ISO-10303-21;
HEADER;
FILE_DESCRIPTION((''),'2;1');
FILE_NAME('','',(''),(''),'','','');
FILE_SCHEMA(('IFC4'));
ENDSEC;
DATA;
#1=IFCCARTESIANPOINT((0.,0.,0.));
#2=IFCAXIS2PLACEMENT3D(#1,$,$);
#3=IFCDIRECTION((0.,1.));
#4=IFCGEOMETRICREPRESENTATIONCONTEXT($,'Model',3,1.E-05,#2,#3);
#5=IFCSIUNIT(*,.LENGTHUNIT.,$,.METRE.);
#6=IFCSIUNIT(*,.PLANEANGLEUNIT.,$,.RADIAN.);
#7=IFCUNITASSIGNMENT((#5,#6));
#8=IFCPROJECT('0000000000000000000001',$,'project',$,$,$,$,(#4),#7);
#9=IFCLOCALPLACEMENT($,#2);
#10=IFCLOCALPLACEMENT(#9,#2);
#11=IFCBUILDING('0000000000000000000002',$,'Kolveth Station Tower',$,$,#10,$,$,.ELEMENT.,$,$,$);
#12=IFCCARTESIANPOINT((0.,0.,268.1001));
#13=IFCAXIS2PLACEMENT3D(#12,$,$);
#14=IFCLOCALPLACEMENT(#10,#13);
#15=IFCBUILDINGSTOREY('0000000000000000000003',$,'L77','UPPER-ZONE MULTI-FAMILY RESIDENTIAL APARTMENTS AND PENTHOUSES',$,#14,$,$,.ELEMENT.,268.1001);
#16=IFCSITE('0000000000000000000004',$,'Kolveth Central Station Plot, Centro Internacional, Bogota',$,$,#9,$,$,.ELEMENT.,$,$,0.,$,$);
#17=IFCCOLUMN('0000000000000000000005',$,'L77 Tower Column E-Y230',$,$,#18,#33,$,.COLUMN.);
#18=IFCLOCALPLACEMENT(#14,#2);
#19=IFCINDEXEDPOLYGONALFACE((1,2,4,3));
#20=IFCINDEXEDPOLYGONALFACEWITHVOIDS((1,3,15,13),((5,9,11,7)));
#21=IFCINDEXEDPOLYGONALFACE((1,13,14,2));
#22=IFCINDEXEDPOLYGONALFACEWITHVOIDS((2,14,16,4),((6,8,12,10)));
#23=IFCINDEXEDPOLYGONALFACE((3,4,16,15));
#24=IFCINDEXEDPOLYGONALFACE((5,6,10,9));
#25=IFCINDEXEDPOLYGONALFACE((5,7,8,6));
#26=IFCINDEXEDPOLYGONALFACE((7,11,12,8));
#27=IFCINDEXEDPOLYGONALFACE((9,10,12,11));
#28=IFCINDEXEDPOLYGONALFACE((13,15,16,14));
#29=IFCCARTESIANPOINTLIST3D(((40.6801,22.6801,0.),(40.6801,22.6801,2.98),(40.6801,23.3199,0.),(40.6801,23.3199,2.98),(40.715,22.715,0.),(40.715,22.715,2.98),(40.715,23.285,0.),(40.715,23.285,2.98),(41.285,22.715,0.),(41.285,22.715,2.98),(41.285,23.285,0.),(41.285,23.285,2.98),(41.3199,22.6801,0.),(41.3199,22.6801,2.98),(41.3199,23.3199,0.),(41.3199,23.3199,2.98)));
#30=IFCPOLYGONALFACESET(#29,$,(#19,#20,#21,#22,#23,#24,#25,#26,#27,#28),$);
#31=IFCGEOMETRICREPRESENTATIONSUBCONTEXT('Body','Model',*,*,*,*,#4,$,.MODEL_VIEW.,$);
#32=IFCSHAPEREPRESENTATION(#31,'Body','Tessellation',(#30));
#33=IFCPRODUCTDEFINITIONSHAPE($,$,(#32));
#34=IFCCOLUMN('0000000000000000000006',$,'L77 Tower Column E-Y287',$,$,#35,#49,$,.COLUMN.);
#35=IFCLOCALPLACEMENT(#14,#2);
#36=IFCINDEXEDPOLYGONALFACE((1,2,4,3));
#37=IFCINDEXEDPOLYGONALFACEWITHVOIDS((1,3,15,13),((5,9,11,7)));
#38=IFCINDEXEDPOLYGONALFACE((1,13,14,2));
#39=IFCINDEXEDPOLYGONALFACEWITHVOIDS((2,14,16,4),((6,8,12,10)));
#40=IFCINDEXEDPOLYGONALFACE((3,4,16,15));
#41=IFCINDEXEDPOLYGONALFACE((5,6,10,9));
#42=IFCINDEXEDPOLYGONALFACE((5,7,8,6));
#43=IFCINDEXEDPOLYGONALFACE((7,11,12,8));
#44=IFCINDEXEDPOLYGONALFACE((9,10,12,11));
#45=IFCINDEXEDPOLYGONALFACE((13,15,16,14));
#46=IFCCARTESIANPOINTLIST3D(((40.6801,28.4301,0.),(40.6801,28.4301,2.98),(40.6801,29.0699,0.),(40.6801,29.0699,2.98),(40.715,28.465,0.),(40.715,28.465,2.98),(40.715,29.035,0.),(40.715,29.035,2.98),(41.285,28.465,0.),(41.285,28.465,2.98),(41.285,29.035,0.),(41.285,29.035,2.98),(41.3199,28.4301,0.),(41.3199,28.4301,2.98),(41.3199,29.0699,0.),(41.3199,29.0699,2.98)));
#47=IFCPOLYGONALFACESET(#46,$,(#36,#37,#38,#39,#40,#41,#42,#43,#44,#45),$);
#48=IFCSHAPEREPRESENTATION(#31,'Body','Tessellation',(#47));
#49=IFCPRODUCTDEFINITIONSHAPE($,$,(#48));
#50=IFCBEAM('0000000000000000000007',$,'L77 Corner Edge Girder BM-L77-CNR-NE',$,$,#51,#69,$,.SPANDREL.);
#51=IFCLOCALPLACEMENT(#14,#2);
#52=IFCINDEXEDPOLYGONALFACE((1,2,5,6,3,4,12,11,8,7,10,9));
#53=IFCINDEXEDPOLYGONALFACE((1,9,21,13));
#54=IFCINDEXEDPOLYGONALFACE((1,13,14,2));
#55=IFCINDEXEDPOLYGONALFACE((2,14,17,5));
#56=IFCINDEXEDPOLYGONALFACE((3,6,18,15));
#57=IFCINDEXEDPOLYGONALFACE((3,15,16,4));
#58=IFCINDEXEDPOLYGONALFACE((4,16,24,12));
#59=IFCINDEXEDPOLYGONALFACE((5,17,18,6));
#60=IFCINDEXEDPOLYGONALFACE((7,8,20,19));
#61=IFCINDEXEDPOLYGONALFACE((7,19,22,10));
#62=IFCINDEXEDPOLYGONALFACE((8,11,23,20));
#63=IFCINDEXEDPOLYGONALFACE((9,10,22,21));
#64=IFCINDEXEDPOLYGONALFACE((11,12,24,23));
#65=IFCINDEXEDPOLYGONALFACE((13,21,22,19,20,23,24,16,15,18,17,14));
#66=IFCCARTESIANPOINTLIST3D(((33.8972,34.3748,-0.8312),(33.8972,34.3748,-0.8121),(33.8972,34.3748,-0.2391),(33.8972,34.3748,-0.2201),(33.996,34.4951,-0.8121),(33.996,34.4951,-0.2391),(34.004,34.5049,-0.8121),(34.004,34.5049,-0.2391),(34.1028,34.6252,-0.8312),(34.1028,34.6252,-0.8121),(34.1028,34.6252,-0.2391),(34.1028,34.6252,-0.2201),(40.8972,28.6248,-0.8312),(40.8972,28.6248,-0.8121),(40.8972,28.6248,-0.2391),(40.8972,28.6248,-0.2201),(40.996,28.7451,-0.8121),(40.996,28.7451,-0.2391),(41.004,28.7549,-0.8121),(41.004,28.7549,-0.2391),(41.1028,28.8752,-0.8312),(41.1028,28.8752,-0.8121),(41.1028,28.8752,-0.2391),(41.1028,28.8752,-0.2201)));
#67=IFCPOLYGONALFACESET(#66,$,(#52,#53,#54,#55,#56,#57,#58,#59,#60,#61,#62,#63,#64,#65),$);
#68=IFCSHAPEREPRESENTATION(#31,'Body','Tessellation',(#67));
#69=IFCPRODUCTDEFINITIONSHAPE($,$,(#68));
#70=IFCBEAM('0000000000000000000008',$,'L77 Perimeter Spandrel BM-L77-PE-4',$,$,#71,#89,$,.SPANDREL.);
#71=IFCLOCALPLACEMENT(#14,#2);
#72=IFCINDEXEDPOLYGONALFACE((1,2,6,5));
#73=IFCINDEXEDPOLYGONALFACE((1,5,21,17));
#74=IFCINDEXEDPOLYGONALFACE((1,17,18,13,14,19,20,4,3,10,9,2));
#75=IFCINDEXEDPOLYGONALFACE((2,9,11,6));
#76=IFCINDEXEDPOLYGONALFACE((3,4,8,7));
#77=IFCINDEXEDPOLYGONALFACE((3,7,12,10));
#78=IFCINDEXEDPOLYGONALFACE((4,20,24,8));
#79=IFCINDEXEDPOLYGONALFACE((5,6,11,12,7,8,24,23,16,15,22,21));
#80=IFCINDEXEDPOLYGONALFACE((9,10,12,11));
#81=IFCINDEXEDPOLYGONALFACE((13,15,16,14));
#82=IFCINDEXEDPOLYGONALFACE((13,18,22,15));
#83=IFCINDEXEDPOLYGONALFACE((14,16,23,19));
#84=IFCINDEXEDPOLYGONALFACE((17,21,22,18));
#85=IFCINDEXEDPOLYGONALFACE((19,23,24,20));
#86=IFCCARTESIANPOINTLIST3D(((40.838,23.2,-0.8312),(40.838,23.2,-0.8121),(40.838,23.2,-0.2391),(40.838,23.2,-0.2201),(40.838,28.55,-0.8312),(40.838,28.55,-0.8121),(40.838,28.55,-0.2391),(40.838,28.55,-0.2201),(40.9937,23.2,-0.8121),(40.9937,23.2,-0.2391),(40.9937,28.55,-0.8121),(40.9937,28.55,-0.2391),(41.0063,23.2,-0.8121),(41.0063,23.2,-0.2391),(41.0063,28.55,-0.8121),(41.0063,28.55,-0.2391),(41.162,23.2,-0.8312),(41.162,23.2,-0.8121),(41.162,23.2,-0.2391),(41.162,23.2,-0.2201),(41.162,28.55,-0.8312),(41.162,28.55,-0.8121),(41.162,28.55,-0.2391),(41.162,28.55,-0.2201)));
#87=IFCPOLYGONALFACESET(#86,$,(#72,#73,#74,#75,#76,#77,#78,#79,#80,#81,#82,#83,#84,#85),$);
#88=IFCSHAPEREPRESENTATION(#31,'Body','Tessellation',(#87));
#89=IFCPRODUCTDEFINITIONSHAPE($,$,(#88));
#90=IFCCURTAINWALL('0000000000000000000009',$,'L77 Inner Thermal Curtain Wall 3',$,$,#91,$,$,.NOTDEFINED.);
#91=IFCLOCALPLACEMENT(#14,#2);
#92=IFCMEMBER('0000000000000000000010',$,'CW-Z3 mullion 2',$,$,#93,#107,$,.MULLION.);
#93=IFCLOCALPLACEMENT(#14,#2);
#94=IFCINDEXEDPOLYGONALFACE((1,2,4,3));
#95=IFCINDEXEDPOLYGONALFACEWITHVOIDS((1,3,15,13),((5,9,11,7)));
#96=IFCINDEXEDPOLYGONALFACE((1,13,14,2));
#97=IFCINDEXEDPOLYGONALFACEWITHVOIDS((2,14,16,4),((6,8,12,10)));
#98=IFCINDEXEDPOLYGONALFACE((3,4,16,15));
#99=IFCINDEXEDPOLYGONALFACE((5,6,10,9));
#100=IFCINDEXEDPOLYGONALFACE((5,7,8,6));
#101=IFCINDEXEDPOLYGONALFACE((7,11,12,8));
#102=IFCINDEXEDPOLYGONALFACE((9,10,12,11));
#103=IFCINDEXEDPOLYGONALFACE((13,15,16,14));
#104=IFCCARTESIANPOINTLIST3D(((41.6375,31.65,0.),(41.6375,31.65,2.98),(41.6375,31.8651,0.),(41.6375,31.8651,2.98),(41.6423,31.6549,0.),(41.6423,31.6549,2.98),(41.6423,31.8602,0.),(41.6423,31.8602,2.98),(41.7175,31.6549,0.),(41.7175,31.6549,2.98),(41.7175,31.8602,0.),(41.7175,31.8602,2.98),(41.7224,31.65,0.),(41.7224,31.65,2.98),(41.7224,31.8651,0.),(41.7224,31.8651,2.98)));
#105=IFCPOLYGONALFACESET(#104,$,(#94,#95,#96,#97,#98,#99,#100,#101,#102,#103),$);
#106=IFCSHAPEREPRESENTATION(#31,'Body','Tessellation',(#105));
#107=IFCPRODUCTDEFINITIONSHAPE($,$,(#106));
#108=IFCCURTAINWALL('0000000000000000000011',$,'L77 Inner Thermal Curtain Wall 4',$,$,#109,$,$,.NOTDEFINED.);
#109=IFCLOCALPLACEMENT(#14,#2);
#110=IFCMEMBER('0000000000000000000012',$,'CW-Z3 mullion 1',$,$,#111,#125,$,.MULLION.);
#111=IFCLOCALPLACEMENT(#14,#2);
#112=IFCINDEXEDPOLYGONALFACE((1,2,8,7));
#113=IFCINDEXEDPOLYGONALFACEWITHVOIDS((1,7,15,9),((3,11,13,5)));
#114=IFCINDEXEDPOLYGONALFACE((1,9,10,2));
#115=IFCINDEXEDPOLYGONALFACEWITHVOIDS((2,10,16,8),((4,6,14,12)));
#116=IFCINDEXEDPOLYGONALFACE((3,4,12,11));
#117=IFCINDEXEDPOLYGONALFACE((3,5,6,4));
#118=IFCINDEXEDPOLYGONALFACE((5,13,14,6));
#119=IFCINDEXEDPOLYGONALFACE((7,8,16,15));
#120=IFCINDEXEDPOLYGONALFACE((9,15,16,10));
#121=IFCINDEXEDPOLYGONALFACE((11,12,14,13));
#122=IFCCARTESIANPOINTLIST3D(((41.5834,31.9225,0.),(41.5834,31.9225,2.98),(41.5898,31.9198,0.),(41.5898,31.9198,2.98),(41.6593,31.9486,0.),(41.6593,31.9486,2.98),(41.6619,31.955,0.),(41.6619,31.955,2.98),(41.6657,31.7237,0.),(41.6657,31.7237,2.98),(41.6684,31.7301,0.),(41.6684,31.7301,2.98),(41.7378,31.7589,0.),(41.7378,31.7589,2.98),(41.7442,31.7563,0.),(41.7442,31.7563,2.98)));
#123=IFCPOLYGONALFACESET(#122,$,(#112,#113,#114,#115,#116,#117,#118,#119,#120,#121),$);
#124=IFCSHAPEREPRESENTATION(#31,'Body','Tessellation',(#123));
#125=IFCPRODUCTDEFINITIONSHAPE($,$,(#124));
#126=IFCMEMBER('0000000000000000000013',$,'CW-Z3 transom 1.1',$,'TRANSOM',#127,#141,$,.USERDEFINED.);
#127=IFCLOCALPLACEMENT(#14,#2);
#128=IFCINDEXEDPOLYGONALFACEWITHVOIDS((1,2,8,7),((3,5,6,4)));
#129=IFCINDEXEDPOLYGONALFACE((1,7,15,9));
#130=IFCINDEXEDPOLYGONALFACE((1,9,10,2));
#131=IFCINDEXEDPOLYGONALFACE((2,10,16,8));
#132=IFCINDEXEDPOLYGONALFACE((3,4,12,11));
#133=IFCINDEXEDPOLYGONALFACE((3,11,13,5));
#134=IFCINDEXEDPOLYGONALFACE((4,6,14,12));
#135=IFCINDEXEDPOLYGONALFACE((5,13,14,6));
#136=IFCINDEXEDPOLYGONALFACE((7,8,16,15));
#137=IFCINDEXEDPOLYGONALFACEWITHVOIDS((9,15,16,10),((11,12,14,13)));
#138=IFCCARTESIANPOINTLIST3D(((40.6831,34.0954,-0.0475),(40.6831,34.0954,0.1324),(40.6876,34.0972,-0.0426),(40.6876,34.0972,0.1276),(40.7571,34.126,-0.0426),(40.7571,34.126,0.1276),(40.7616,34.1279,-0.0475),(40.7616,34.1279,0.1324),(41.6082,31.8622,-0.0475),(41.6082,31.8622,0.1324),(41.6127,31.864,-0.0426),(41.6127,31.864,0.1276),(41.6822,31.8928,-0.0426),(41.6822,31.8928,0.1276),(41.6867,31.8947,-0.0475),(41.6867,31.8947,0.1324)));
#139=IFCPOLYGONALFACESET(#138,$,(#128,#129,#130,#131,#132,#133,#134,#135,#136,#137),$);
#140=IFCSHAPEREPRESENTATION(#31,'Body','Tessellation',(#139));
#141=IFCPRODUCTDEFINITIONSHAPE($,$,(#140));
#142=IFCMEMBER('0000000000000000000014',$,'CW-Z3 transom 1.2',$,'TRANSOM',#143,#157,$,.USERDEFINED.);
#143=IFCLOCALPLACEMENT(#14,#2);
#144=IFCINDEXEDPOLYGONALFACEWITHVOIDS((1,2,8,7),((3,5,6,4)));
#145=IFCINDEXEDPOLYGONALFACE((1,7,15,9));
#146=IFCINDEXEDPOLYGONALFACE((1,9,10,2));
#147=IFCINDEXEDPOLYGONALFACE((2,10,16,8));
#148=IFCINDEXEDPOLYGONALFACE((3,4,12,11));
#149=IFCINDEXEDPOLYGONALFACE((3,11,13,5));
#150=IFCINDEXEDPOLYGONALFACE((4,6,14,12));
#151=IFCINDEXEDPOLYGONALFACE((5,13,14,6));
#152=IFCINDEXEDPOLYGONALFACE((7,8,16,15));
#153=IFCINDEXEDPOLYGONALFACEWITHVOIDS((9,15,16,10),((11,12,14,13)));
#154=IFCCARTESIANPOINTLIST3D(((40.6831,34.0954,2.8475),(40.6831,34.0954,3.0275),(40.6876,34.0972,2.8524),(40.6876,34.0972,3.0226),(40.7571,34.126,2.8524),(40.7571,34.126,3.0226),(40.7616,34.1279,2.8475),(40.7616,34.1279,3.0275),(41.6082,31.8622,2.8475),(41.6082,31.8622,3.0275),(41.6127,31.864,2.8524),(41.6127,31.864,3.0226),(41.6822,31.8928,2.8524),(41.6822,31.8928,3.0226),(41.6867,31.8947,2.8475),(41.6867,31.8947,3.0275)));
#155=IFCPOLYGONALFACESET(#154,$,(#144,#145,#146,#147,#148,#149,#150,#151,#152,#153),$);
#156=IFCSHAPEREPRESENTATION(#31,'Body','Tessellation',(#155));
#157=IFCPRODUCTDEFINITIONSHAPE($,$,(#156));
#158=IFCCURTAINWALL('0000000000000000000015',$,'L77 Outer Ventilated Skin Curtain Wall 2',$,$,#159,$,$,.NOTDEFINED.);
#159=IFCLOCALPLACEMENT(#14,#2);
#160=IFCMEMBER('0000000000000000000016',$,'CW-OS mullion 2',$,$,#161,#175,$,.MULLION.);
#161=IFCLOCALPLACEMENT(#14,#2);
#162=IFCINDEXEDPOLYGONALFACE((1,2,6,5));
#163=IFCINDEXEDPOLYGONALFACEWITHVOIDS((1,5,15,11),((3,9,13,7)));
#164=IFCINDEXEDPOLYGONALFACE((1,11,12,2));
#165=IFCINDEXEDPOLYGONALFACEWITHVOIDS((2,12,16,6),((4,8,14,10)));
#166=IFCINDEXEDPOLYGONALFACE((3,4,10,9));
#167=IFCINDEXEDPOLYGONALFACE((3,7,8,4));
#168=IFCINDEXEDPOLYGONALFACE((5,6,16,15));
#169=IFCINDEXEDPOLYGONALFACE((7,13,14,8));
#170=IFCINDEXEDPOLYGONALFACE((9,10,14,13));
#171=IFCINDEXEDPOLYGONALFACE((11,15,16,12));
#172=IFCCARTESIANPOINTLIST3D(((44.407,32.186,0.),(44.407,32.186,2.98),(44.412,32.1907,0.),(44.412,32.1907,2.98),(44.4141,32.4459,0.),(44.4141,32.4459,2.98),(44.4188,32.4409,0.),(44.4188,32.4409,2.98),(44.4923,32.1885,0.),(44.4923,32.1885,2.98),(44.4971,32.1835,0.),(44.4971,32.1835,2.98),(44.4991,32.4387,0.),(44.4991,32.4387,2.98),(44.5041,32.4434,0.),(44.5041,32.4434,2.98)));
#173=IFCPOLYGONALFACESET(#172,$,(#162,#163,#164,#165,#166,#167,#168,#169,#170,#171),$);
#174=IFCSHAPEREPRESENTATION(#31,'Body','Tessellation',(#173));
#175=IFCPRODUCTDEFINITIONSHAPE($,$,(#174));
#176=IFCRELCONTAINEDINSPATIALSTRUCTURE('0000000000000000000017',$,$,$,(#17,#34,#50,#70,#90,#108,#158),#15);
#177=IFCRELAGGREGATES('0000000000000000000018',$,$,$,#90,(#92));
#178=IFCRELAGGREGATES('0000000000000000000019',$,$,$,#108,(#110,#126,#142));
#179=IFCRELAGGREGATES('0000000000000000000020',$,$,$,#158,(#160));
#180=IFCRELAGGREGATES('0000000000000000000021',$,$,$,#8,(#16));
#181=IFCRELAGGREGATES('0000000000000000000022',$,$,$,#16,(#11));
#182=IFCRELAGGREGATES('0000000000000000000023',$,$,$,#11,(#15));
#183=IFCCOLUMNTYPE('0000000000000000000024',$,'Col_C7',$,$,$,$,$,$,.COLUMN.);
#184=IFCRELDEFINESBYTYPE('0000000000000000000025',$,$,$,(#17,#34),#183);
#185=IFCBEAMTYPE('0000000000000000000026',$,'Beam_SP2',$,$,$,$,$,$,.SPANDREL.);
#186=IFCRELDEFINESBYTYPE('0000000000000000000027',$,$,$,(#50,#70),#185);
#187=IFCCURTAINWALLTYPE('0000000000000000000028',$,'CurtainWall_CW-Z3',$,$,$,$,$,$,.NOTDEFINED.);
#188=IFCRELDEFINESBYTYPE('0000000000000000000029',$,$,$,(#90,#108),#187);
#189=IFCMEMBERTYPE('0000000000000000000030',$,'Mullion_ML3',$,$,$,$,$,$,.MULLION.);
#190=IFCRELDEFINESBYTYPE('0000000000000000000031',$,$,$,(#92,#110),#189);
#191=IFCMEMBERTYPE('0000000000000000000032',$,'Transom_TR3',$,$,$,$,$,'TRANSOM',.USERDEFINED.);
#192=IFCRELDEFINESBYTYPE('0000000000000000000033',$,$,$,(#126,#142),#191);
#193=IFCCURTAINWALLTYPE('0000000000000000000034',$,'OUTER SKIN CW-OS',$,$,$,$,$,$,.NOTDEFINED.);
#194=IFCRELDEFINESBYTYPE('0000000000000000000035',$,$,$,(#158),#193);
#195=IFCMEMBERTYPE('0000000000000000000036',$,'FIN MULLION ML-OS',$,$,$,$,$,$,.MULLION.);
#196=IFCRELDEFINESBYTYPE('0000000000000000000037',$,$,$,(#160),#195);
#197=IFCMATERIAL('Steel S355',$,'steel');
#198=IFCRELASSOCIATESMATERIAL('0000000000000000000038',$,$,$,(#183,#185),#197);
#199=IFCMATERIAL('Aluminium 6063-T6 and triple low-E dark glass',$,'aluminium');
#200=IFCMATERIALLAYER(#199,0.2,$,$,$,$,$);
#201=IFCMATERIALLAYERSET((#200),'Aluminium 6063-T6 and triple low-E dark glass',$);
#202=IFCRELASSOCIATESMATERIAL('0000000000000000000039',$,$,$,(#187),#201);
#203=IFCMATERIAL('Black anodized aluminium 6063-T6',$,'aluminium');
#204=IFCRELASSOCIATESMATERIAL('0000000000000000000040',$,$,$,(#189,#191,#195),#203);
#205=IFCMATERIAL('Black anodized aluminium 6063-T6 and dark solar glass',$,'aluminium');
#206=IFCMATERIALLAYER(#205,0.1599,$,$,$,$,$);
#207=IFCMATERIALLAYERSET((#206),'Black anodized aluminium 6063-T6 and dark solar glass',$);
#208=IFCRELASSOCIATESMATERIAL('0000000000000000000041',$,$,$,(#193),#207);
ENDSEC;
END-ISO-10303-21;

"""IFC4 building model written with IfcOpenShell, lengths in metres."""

from ifc_helpers import new_model, si_unit, direction, frame, origin, origin_2d, place, context, subcontext, project, spatial, hollow_rectangle, i_section, extrude, source, transform, mapped, material, layer, layer_set, material_profile, profile_set, type_object, element, aggregate, save


model = new_model("IFC4")

# Units and contexts
model_context = context("Model", 3, precision=1e-05, world=origin(), true_north=direction((0.0, 1.0)))
body_context = subcontext(model_context, "Body", "Model", "MODEL_VIEW")
ifc_project = project(units=[si_unit("LENGTHUNIT", "METRE"), si_unit("PLANEANGLEUNIT", "RADIAN")], contexts=[model_context])

# Site, building, storey
site_placement = place(None, origin())
site = spatial("IfcSite", under=ifc_project, at=site_placement, Name="Kolveth Central Station Plot, Centro Internacional, Bogota", CompositionType="ELEMENT", RefElevation=0.0)
building_placement = place(site_placement, origin())
building = spatial("IfcBuilding", under=site, at=building_placement, Name="Kolveth Station Tower", CompositionType="ELEMENT")
storey_placement = place(building_placement, frame((0.0, 0.0, 268.1001)))
storey = spatial("IfcBuildingStorey", under=building, at=storey_placement, Name="L77", Description="UPPER-ZONE MULTI-FAMILY RESIDENTIAL APARTMENTS AND PENTHOUSES", CompositionType="ELEMENT", Elevation=268.1001)

# Columns
ifc_material_1 = material(Name="Steel S355", Category="steel")
ifc_material_profile_1 = material_profile(ifc_material_1, hollow_rectangle(XDim=0.6399, YDim=0.6399, WallThickness=0.0349, at=origin_2d()), Name="BOX640x640x35")
ifc_profile_set_1 = profile_set([ifc_material_profile_1], Name="Steel S355")
column_type = type_object("IfcColumnType", Name="Col_C7", PredefinedType="COLUMN", material=ifc_profile_set_1)
shared_shape_1 = source(origin(), body_context, "Body", "SweptSolid", [
    extrude(hollow_rectangle(XDim=0.6399, YDim=0.6399, WallThickness=0.0349, at=origin_2d()), origin(), (0.0, 0.0, 1.0), 2.98),
])
for number, where, z_axis, x_axis, name in (
    (1, (41.0, 23.0, 0.0), (0.0, 0.0, 1.0), (1.0, 0.0, 0.0), "L77 Tower Column E-Y230"),
    (2, (41.0, 28.75, 0.0), (0.0, 0.0, 1.0), (1.0, 0.0, 0.0), "L77 Tower Column E-Y287"),
):
    element("IfcColumn", number, at=place(storey_placement, frame(where, z_axis=z_axis, x_axis=x_axis)), inside=storey, type_object=column_type, Name=name, PredefinedType="COLUMN", context=body_context, shape_type="MappedRepresentation", body=[
        mapped(shared_shape_1, transform((0.0, 0.0, 0.0), x_axis=(1.0, 0.0, 0.0), y_axis=(0.0, 1.0, 0.0), z_axis=(0.0, 0.0, 1.0), scale=1.0)),
    ])

# Beams
ifc_material_profile_2 = material_profile(ifc_material_1, i_section(OverallWidth=0.324, OverallDepth=0.6111, WebThickness=0.0127, FlangeThickness=0.019, at=origin_2d()), Name="W610x155")
ifc_profile_set_2 = profile_set([ifc_material_profile_2], Name="Steel S355")
beam_type = type_object("IfcBeamType", Name="Beam_SP2", PredefinedType="SPANDREL", material=ifc_profile_set_2)
shared_shape_2 = source(origin(), body_context, "Body", "SweptSolid", [
    extrude(i_section(OverallWidth=0.324, OverallDepth=0.6111, WebThickness=0.0127, FlangeThickness=0.019, at=origin_2d()), origin(), (0.0, 0.0, 1.0), 9.0588),
])
beam_1_placement = place(storey_placement, frame((41.0, 28.75, -0.5256), z_axis=(-0.772726, 0.634739, 0.0), x_axis=(-0.634739, -0.772726, 0.0)))
element("IfcBeam", 3, at=beam_1_placement, inside=storey, type_object=beam_type, Name="L77 Corner Edge Girder BM-L77-CNR-NE", PredefinedType="SPANDREL", context=body_context, shape_type="MappedRepresentation", body=[
    mapped(shared_shape_2, transform((0.0, 0.0, 0.0), x_axis=(1.0, 0.0, 0.0), y_axis=(0.0, 1.0, 0.0), z_axis=(0.0, 0.0, 1.0), scale=1.0)),
])
shared_shape_3 = source(origin(), body_context, "Body", "SweptSolid", [
    extrude(i_section(OverallWidth=0.324, OverallDepth=0.6111, WebThickness=0.0127, FlangeThickness=0.019, at=origin_2d()), origin(), (0.0, 0.0, 1.0), 5.3501),
])
beam_2_placement = place(storey_placement, frame((41.0, 23.2, -0.5256), z_axis=(0.0, 1.0, 0.0), x_axis=(-1.0, 0.0, 0.0)))
element("IfcBeam", 4, at=beam_2_placement, inside=storey, type_object=beam_type, Name="L77 Perimeter Spandrel BM-L77-PE-4", PredefinedType="SPANDREL", context=body_context, shape_type="MappedRepresentation", body=[
    mapped(shared_shape_3, transform((0.0, 0.0, 0.0), x_axis=(1.0, 0.0, 0.0), y_axis=(0.0, 1.0, 0.0), z_axis=(0.0, 0.0, 1.0), scale=1.0)),
])

# Curtain wall, member
ifc_material_2 = material(Name="Aluminium 6063-T6 and triple low-E dark glass", Category="aluminium")
ifc_layer_1 = layer(ifc_material_2, 0.2)
ifc_layer_set_1 = layer_set([ifc_layer_1], Name="Aluminium 6063-T6 and triple low-E dark glass")
curtain_wall_type_1 = type_object("IfcCurtainWallType", Name="CurtainWall_CW-Z3", PredefinedType="NOTDEFINED", material=ifc_layer_set_1)
curtain_wall_1_placement = place(storey_placement, origin())
curtain_wall_1 = element("IfcCurtainWall", 5, at=curtain_wall_1_placement, inside=storey, type_object=curtain_wall_type_1, Name="L77 Inner Thermal Curtain Wall 3", PredefinedType="NOTDEFINED")
ifc_material_3 = material(Name="Black anodized aluminium 6063-T6", Category="aluminium")
ifc_material_profile_3 = material_profile(ifc_material_3, hollow_rectangle(XDim=0.085, YDim=0.2151, WallThickness=0.0049, at=origin_2d()), Name="ALU-85x215x5")
ifc_profile_set_3 = profile_set([ifc_material_profile_3], Name="Black anodized aluminium 6063-T6")
member_type_1 = type_object("IfcMemberType", Name="Mullion_ML3", PredefinedType="MULLION", material=ifc_profile_set_3)
shared_shape_4 = source(origin(), body_context, "Body", "SweptSolid", [
    extrude(hollow_rectangle(XDim=0.085, YDim=0.2151, WallThickness=0.0049, at=origin_2d()), origin(), (0.0, 0.0, 1.0), 2.98),
])
member_1_placement = place(storey_placement, frame((41.6799, 31.7576, 0.0), z_axis=(0.0, 0.0, 1.0), x_axis=(-1.0, 0.0, 0.0)))
member_1 = element("IfcMember", 6, at=member_1_placement, type_object=member_type_1, Name="CW-Z3 mullion 2", PredefinedType="MULLION", context=body_context, shape_type="MappedRepresentation", body=[
    mapped(shared_shape_4, transform((0.0, 0.0, 0.0), x_axis=(1.0, 0.0, 0.0), y_axis=(0.0, 1.0, 0.0), z_axis=(0.0, 0.0, 1.0), scale=1.0)),
])
aggregate(curtain_wall_1, [member_1])

# Curtain wall, members
curtain_wall_2_placement = place(storey_placement, origin())
curtain_wall_2 = element("IfcCurtainWall", 7, at=curtain_wall_2_placement, inside=storey, type_object=curtain_wall_type_1, Name="L77 Inner Thermal Curtain Wall 4", PredefinedType="NOTDEFINED")
member_2_placement = place(storey_placement, frame((41.6638, 31.8394, 0.0), z_axis=(0.0, 0.0, 1.0), x_axis=(-0.923875, -0.382693, 0.0)))
member_2 = element("IfcMember", 8, at=member_2_placement, type_object=member_type_1, Name="CW-Z3 mullion 1", PredefinedType="MULLION", context=body_context, shape_type="MappedRepresentation", body=[
    mapped(shared_shape_4, transform((0.0, 0.0, 0.0), x_axis=(1.0, 0.0, 0.0), y_axis=(0.0, 1.0, 0.0), z_axis=(0.0, 0.0, 1.0), scale=1.0)),
])
ifc_material_profile_4 = material_profile(ifc_material_3, hollow_rectangle(XDim=0.085, YDim=0.1799, WallThickness=0.0049, at=origin_2d()), Name="ALU-85x180x5")
ifc_profile_set_4 = profile_set([ifc_material_profile_4], Name="Black anodized aluminium 6063-T6")
member_type_2 = type_object("IfcMemberType", Name="Transom_TR3", ElementType="TRANSOM", PredefinedType="USERDEFINED", material=ifc_profile_set_4)
shared_shape_5 = source(origin(), body_context, "Body", "SweptSolid", [
    extrude(hollow_rectangle(XDim=0.085, YDim=0.1799, WallThickness=0.0049, at=origin_2d()), origin(), (0.0, 0.0, 1.0), 2.4172),
])
member_3_placement = place(storey_placement, frame((41.6475, 31.8784, 0.0425), z_axis=(-0.3827, 0.923873, 0.0), x_axis=(-0.923873, -0.3827, 0.0)))
member_3 = element("IfcMember", 9, at=member_3_placement, type_object=member_type_2, Name="CW-Z3 transom 1.1", ObjectType="TRANSOM", PredefinedType="USERDEFINED", context=body_context, shape_type="MappedRepresentation", body=[
    mapped(shared_shape_5, transform((0.0, 0.0, 0.0), x_axis=(1.0, 0.0, 0.0), y_axis=(0.0, 1.0, 0.0), z_axis=(0.0, 0.0, 1.0), scale=1.0)),
])
member_4_placement = place(storey_placement, frame((41.6475, 31.8784, 2.9375), z_axis=(-0.3827, 0.923873, 0.0), x_axis=(-0.923873, -0.3827, 0.0)))
member_4 = element("IfcMember", 10, at=member_4_placement, type_object=member_type_2, Name="CW-Z3 transom 1.2", ObjectType="TRANSOM", PredefinedType="USERDEFINED", context=body_context, shape_type="MappedRepresentation", body=[
    mapped(shared_shape_5, transform((0.0, 0.0, 0.0), x_axis=(1.0, 0.0, 0.0), y_axis=(0.0, 1.0, 0.0), z_axis=(0.0, 0.0, 1.0), scale=1.0)),
])
aggregate(curtain_wall_2, [member_2, member_3, member_4])

# Curtain wall, member
ifc_material_4 = material(Name="Black anodized aluminium 6063-T6 and dark solar glass", Category="aluminium")
ifc_layer_2 = layer(ifc_material_4, 0.1599)
ifc_layer_set_2 = layer_set([ifc_layer_2], Name="Black anodized aluminium 6063-T6 and dark solar glass")
curtain_wall_type_2 = type_object("IfcCurtainWallType", Name="OUTER SKIN CW-OS", PredefinedType="NOTDEFINED", material=ifc_layer_set_2)
curtain_wall_3_placement = place(storey_placement, origin())
curtain_wall_3 = element("IfcCurtainWall", 11, at=curtain_wall_3_placement, inside=storey, type_object=curtain_wall_type_2, Name="L77 Outer Ventilated Skin Curtain Wall 2", PredefinedType="NOTDEFINED")
ifc_material_profile_5 = material_profile(ifc_material_3, hollow_rectangle(XDim=0.0901, YDim=0.26, WallThickness=0.0049, at=origin_2d()), Name="ALU-90x260x5")
ifc_profile_set_5 = profile_set([ifc_material_profile_5], Name="Black anodized aluminium 6063-T6")
member_type_3 = type_object("IfcMemberType", Name="FIN MULLION ML-OS", PredefinedType="MULLION", material=ifc_profile_set_5)
shared_shape_6 = source(origin(), body_context, "Body", "SweptSolid", [
    extrude(hollow_rectangle(XDim=0.0901, YDim=0.26, WallThickness=0.0049, at=origin_2d()), origin(), (0.0, 0.0, 1.0), 2.98),
])
member_5_placement = place(storey_placement, frame((44.4556, 32.3147, 0.0), z_axis=(0.0, 0.0, 1.0), x_axis=(-0.999633, 0.027088, 0.0)))
member_5 = element("IfcMember", 12, at=member_5_placement, type_object=member_type_3, Name="CW-OS mullion 2", PredefinedType="MULLION", context=body_context, shape_type="MappedRepresentation", body=[
    mapped(shared_shape_6, transform((0.0, 0.0, 0.0), x_axis=(1.0, 0.0, 0.0), y_axis=(0.0, 1.0, 0.0), z_axis=(0.0, 0.0, 1.0), scale=1.0)),
])
aggregate(curtain_wall_3, [member_5])

save(model, "model.ifc")
